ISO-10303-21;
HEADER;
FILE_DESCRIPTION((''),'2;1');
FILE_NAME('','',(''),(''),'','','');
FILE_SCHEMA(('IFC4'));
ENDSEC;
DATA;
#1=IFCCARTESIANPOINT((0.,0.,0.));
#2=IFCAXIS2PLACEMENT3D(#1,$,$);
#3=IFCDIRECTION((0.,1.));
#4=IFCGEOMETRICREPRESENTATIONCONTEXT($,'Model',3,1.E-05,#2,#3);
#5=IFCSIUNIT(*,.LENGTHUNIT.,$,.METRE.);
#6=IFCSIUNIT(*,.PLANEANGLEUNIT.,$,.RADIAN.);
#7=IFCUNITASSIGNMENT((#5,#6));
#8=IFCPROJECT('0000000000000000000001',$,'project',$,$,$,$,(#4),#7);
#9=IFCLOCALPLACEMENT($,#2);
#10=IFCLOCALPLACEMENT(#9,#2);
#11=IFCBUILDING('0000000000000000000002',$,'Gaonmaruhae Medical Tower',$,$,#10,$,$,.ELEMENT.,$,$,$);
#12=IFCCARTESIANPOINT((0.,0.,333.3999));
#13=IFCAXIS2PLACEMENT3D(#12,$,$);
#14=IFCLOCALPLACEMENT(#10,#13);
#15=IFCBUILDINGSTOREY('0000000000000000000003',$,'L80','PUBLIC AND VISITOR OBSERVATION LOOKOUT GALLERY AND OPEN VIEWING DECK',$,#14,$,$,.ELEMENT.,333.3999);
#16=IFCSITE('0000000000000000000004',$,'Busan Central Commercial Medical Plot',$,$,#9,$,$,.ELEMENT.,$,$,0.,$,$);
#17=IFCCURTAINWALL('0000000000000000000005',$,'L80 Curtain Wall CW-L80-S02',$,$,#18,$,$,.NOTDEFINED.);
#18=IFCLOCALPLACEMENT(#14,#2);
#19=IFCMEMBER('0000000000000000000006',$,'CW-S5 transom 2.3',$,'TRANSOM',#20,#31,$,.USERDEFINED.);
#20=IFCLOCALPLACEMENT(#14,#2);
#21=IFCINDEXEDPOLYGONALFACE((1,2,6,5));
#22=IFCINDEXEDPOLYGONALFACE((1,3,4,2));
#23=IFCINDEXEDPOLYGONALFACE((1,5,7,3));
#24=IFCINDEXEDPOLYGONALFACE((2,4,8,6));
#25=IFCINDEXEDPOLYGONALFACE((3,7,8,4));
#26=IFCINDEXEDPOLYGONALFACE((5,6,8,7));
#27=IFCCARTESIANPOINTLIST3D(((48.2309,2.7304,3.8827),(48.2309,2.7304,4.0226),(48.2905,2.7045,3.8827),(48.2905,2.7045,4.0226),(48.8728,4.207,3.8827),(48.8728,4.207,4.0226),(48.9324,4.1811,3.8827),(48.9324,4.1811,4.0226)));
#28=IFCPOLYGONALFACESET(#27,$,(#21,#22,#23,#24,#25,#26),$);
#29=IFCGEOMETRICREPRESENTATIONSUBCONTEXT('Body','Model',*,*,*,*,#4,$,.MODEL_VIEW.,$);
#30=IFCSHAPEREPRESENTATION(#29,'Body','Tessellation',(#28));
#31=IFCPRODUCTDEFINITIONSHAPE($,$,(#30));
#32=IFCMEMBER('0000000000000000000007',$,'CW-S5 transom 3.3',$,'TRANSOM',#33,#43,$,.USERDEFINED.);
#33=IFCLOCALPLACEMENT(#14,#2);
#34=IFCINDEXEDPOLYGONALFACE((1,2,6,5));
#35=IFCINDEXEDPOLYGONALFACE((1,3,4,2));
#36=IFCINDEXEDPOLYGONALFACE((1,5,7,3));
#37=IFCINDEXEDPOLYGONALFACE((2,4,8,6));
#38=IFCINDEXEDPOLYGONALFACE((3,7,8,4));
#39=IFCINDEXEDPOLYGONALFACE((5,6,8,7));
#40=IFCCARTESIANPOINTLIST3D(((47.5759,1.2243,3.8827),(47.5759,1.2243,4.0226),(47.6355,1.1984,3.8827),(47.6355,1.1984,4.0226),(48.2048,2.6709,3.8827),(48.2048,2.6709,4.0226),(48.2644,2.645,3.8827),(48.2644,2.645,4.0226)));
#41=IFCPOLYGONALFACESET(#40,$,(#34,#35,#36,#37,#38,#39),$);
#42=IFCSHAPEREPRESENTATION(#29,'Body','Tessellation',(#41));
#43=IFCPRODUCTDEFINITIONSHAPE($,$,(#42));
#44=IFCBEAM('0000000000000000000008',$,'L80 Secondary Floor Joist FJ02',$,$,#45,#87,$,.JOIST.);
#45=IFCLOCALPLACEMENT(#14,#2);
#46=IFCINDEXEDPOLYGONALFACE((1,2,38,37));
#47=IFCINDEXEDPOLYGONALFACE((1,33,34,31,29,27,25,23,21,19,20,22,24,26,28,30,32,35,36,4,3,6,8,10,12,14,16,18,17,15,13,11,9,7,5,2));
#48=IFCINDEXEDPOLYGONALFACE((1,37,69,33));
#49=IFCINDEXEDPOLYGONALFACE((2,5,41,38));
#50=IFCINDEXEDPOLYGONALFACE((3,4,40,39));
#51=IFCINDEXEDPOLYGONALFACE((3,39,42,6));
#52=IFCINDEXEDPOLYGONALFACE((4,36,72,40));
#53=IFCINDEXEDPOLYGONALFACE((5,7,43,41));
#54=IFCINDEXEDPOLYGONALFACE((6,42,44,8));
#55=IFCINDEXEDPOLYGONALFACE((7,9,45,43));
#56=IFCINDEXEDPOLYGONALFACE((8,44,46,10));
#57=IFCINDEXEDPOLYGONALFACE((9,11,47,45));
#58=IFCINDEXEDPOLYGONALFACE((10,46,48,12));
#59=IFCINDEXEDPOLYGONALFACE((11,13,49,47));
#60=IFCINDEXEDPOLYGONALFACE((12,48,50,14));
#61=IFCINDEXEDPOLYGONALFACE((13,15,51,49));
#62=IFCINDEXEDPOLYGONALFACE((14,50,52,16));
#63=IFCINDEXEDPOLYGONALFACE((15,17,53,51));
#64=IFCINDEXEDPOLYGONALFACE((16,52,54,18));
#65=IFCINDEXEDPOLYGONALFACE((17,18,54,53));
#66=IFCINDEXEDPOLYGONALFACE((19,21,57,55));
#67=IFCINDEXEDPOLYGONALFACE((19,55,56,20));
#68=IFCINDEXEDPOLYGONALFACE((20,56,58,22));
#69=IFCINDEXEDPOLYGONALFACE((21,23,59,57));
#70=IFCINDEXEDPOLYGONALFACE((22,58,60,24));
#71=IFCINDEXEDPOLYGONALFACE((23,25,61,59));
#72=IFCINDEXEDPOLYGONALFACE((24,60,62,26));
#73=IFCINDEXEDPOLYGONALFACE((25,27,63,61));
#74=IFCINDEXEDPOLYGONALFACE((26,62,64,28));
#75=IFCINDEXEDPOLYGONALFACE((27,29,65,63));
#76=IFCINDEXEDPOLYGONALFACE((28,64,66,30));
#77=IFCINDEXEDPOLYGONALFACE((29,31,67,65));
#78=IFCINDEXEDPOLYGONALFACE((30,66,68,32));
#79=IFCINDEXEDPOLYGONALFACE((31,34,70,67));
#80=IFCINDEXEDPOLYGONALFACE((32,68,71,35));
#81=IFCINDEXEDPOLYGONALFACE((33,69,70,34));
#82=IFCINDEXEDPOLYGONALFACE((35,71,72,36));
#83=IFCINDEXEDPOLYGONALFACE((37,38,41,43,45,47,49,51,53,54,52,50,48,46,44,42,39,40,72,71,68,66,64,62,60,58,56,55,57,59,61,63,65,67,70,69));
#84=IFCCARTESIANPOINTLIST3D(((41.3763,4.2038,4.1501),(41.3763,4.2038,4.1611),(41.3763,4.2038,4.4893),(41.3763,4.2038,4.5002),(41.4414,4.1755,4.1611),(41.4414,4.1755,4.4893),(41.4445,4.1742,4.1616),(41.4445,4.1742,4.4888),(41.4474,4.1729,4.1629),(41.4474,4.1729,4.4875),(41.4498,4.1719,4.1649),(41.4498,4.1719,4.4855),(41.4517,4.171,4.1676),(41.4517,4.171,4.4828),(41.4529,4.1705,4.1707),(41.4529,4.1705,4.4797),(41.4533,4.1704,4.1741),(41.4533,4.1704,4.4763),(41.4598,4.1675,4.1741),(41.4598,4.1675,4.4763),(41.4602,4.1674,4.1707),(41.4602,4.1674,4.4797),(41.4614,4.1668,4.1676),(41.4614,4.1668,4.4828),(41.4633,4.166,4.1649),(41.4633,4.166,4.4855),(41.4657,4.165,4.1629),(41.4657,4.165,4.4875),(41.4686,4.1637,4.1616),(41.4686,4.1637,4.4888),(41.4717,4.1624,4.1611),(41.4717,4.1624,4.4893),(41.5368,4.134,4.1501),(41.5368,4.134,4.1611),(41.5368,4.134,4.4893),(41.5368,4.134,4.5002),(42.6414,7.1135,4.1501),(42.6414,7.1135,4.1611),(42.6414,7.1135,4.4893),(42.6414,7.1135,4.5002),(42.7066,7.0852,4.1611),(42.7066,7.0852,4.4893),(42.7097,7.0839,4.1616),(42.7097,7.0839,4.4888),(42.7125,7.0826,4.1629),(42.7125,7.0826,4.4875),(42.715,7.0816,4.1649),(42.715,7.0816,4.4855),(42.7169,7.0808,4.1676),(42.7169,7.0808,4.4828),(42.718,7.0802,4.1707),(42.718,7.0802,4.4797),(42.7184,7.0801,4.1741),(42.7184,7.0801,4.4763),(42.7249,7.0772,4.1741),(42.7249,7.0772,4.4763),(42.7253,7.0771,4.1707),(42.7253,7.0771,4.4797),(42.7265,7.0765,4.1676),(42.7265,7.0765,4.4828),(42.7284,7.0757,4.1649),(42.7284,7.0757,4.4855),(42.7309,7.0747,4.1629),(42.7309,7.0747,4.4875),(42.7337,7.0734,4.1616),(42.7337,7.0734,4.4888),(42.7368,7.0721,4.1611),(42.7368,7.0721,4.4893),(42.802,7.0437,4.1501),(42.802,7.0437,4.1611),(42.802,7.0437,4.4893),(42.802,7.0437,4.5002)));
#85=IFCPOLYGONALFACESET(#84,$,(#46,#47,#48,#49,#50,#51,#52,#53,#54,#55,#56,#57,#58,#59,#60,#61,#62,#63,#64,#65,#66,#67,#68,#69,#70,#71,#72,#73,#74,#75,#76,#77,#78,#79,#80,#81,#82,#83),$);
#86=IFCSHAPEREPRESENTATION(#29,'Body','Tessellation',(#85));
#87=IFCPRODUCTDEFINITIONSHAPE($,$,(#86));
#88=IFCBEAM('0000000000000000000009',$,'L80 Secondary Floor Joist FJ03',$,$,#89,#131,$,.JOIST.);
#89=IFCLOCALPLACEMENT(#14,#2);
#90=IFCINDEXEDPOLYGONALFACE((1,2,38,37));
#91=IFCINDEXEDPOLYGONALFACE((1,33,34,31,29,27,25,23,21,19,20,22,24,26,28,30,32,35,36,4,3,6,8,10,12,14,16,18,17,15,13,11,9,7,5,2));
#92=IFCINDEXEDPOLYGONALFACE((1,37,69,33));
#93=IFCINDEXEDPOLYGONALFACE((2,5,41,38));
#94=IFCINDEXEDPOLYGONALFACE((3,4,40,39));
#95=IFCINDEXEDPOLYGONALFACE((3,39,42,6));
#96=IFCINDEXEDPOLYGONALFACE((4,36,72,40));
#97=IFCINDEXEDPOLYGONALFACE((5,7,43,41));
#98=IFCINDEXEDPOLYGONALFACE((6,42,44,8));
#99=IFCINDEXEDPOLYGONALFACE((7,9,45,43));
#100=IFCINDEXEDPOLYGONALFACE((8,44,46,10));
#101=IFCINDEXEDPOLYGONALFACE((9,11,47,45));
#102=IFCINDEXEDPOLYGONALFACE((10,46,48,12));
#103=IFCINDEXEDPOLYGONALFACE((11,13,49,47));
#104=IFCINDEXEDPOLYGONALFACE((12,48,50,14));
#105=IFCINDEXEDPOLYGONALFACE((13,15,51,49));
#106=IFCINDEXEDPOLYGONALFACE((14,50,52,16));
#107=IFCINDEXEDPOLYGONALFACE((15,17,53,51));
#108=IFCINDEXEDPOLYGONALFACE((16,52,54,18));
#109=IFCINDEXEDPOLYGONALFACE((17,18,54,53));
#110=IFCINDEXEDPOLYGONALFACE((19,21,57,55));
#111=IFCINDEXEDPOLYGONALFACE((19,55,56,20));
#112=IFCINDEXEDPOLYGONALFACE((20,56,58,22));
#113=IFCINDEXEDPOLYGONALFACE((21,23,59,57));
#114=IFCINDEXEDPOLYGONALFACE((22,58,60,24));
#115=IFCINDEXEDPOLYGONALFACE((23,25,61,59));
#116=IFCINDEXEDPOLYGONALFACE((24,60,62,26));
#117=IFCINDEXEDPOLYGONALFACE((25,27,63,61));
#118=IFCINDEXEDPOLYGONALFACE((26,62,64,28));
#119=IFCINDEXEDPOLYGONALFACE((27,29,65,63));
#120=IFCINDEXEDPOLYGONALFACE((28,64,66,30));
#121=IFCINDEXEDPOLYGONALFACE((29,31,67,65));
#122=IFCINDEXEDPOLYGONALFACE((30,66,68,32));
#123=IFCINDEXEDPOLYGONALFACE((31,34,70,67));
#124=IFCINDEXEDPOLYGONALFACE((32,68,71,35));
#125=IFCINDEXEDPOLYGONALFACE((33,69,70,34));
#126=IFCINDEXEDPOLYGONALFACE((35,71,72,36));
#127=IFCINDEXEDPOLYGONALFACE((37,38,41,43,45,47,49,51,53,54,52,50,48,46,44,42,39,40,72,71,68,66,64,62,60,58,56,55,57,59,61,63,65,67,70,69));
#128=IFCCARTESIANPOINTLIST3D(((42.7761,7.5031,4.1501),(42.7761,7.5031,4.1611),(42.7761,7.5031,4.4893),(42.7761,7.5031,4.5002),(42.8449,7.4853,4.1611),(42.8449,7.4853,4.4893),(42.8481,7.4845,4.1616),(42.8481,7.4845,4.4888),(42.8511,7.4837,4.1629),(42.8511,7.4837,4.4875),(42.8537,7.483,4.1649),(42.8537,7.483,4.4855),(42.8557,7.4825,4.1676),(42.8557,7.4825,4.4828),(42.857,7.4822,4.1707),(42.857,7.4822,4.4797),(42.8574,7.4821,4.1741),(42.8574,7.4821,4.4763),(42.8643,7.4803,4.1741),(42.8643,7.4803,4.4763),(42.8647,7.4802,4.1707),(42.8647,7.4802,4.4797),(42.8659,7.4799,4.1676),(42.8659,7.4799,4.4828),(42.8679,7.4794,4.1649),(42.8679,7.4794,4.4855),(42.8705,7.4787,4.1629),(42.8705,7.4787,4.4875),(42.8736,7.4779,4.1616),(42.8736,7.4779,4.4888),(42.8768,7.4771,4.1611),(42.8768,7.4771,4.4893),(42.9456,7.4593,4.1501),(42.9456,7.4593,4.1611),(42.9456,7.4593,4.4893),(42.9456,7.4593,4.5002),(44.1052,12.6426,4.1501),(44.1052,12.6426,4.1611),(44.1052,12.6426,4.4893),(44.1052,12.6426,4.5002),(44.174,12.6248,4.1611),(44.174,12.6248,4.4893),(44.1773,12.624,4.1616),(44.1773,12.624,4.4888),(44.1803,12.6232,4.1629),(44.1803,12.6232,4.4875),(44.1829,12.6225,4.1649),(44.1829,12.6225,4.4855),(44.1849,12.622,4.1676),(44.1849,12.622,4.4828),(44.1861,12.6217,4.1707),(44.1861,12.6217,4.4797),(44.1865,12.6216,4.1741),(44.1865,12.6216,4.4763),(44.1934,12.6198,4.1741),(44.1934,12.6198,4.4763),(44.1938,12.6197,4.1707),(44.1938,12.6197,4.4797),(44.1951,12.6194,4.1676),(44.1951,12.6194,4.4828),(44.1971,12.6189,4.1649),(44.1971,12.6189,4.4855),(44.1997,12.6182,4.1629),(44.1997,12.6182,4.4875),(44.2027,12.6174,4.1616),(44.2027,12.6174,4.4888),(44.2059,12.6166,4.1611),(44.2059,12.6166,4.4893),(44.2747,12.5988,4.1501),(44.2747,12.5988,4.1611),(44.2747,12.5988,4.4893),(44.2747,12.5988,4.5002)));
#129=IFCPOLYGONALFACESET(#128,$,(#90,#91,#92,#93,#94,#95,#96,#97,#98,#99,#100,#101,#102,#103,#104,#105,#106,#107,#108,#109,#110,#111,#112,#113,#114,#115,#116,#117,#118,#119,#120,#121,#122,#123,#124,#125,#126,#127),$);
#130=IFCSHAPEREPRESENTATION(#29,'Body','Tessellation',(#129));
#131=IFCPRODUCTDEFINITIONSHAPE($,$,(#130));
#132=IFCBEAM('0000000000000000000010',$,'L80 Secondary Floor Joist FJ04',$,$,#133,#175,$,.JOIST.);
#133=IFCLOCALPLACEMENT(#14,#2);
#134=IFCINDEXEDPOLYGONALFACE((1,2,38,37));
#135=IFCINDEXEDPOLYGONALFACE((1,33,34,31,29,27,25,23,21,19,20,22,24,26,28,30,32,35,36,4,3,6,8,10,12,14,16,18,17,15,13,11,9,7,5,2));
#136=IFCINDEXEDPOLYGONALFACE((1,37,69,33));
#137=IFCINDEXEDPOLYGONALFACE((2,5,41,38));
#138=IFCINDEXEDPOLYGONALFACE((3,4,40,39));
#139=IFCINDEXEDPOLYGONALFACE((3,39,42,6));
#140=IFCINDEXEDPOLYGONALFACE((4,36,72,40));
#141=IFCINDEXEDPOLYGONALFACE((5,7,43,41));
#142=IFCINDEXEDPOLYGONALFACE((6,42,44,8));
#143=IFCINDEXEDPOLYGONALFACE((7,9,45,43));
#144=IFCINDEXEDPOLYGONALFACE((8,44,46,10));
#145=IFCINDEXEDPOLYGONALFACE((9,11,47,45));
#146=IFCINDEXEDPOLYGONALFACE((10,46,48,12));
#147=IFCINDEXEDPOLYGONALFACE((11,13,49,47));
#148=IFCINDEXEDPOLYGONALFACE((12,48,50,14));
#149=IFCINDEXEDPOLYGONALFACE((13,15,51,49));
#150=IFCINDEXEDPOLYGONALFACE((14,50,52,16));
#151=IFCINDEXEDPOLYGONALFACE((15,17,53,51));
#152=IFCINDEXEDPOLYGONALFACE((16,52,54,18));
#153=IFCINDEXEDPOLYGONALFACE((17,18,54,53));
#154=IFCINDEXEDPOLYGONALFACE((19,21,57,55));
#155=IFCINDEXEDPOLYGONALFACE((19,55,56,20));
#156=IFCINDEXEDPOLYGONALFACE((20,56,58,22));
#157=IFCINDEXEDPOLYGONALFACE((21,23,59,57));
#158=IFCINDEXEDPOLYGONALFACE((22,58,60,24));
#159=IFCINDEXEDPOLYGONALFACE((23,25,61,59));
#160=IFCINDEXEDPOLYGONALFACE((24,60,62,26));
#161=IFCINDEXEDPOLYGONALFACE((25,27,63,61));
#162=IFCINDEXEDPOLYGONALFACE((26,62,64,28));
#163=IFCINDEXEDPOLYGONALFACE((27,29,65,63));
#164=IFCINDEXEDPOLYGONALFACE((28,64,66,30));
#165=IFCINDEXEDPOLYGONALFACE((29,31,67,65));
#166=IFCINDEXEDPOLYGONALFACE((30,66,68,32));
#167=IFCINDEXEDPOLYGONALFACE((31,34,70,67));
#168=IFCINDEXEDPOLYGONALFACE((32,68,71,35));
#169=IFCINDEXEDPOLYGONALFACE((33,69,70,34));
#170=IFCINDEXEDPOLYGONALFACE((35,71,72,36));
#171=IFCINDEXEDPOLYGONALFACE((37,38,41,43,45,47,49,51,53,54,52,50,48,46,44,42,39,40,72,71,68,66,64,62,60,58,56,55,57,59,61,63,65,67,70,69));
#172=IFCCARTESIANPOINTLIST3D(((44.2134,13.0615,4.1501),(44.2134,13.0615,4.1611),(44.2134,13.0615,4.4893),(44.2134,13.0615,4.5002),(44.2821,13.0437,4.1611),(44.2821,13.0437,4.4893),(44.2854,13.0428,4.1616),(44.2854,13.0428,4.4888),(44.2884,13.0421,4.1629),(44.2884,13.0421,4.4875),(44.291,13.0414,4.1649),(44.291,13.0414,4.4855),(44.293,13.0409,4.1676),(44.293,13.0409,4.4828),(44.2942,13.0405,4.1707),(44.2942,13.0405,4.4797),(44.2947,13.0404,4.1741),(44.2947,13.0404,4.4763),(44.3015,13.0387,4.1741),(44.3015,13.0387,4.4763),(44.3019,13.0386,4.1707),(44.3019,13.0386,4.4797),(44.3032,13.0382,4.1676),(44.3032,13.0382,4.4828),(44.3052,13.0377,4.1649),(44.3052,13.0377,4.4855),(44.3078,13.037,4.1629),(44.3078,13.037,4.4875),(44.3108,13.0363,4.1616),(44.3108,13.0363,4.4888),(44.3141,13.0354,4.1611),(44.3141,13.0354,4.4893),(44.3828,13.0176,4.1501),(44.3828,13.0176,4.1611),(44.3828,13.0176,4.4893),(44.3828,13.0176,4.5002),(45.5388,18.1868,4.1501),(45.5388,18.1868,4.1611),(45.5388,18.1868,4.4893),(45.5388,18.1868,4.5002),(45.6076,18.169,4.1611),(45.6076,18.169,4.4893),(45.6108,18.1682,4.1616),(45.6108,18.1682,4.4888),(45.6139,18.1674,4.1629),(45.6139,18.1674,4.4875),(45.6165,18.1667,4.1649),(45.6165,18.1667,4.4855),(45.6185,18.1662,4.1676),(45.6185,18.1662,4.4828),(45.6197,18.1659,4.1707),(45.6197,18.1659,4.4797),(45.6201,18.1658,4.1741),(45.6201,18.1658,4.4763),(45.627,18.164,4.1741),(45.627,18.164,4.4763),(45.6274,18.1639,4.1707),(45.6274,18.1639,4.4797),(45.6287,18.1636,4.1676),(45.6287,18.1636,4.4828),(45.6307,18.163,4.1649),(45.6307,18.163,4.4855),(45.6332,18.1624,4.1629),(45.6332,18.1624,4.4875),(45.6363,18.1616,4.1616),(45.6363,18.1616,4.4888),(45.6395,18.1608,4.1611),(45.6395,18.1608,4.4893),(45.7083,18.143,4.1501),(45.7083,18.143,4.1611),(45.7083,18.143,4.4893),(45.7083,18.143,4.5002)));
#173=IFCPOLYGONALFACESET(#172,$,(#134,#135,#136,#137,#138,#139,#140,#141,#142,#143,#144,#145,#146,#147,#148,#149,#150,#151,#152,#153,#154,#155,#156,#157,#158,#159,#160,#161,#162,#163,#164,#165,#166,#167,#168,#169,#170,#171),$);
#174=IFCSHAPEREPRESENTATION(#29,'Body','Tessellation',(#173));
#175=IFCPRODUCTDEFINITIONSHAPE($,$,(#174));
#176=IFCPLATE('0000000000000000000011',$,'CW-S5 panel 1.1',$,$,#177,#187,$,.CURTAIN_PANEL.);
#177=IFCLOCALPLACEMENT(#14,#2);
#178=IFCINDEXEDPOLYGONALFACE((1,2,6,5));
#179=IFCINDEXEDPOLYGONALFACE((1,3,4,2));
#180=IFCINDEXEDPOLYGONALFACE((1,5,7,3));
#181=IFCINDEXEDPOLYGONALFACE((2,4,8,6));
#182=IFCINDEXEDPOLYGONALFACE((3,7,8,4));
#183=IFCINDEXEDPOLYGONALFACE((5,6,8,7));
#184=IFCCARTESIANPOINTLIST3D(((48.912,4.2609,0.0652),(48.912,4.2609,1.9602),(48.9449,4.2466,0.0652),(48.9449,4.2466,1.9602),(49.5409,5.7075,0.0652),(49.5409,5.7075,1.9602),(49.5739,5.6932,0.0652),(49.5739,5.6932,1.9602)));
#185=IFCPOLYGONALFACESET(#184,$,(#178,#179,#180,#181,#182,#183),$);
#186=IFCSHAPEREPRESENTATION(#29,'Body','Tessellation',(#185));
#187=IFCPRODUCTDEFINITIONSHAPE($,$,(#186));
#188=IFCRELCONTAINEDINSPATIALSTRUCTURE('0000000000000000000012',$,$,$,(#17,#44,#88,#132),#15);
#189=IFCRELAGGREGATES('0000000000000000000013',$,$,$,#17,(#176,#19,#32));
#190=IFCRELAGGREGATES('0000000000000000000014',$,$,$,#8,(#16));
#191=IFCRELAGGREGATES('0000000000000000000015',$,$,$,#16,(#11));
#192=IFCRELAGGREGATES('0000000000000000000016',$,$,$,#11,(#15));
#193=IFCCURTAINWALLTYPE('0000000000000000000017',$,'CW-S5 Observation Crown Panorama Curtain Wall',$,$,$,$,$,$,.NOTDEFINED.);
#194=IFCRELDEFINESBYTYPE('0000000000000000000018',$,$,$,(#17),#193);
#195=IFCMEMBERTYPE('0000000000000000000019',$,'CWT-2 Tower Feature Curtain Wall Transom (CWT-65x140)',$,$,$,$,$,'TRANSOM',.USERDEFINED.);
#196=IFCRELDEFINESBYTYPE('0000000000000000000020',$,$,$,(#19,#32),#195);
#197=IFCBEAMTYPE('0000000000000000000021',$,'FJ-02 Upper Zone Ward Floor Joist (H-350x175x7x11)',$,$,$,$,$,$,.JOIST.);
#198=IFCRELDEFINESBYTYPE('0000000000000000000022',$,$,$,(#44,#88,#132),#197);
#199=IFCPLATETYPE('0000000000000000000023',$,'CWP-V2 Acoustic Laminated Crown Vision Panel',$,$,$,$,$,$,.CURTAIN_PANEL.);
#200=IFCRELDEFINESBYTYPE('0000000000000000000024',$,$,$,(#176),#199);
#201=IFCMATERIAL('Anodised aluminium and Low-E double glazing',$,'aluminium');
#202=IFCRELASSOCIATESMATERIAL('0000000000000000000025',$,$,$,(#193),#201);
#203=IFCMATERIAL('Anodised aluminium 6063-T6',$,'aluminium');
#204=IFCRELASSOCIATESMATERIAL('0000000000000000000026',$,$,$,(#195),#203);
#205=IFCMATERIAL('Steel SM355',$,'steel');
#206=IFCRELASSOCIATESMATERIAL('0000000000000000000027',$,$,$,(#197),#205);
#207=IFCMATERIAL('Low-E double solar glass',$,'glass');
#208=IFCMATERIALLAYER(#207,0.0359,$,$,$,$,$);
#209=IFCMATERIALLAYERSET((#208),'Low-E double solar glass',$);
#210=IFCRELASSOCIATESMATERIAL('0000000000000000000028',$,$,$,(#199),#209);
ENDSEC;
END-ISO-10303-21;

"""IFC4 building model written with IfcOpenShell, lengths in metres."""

from ifc_helpers import new_model, si_unit, direction, frame, origin, origin_2d, place, context, subcontext, project, spatial, rectangle, i_section, extrude, material, layer, layer_set, material_profile, profile_set, type_object, element, aggregate, save


model = new_model("IFC4")

# Units and contexts
model_context = context("Model", 3, precision=1e-05, world=origin(), true_north=direction((0.0, 1.0)))
body_context = subcontext(model_context, "Body", "Model", "MODEL_VIEW")
ifc_project = project(units=[si_unit("LENGTHUNIT", "METRE"), si_unit("PLANEANGLEUNIT", "RADIAN")], contexts=[model_context])

# Site, building, storey
site_placement = place(None, origin())
site = spatial("IfcSite", under=ifc_project, at=site_placement, Name="Busan Central Commercial Medical Plot", CompositionType="ELEMENT", RefElevation=0.0)
building_placement = place(site_placement, origin())
building = spatial("IfcBuilding", under=site, at=building_placement, Name="Gaonmaruhae Medical Tower", CompositionType="ELEMENT")
storey_placement = place(building_placement, frame((0.0, 0.0, 333.3999)))
storey = spatial("IfcBuildingStorey", under=building, at=storey_placement, Name="L80", Description="PUBLIC AND VISITOR OBSERVATION LOOKOUT GALLERY AND OPEN VIEWING DECK", CompositionType="ELEMENT", Elevation=333.3999)

# Curtain wall, members
ifc_material_1 = material(Name="Anodised aluminium and Low-E double glazing", Category="aluminium")
curtain_wall_type = type_object("IfcCurtainWallType", Name="CW-S5 Observation Crown Panorama Curtain Wall", PredefinedType="NOTDEFINED", material=ifc_material_1)
curtain_wall_placement = place(storey_placement, origin())
curtain_wall = element("IfcCurtainWall", 1, at=curtain_wall_placement, inside=storey, type_object=curtain_wall_type, Name="L80 Curtain Wall CW-L80-S02", PredefinedType="NOTDEFINED")
ifc_material_2 = material(Name="Anodised aluminium 6063-T6", Category="aluminium")
ifc_material_profile_1 = material_profile(ifc_material_2, rectangle(XDim=0.0649, YDim=0.1399, at=origin_2d()), Name="CWT-65x140")
ifc_profile_set_1 = profile_set([ifc_material_profile_1], Name="Anodised aluminium 6063-T6")
member_type_1 = type_object("IfcMemberType", Name="CWT-2 Tower Feature Curtain Wall Transom (CWT-65x140)", ElementType="TRANSOM", PredefinedType="USERDEFINED", material=ifc_profile_set_1)
member_1_placement = place(storey_placement, frame((48.9026, 4.1941, 3.9526), z_axis=(-0.398654, -0.917101, 0.0), x_axis=(0.917101, -0.398654, 0.0)))
member_1 = element("IfcMember", 2, at=member_1_placement, type_object=member_type_1, Name="CW-S5 transom 2.3", ObjectType="TRANSOM", PredefinedType="USERDEFINED", context=body_context, shape_type="SweptSolid", body=[
    extrude(rectangle(XDim=0.0649, YDim=0.1399, at=origin_2d()), origin(), (0.0, 0.0, 1.0), 1.6101),
])
member_2_placement = place(storey_placement, frame((48.2346, 2.658, 3.9526), z_axis=(-0.398715, -0.917075, 0.0), x_axis=(0.917075, -0.398715, 0.0)))
member_2 = element("IfcMember", 3, at=member_2_placement, type_object=member_type_1, Name="CW-S5 transom 3.3", ObjectType="TRANSOM", PredefinedType="USERDEFINED", context=body_context, shape_type="SweptSolid", body=[
    extrude(rectangle(XDim=0.0649, YDim=0.1399, at=origin_2d()), origin(), (0.0, 0.0, 1.0), 1.5774),
])

# Beams
ifc_material_3 = material(Name="Steel SM355", Category="steel")
ifc_material_profile_2 = material_profile(ifc_material_3, i_section(OverallWidth=0.175, OverallDepth=0.3501, WebThickness=0.0071, FlangeThickness=0.011, FilletRadius=0.0129, at=origin_2d()), Name="H-350x175x7x11")
ifc_profile_set_2 = profile_set([ifc_material_profile_2], Name="Steel SM355")
beam_type_1 = type_object("IfcBeamType", Name="FJ-02 Upper Zone Ward Floor Joist (H-350x175x7x11)", PredefinedType="JOIST", material=ifc_profile_set_2)
beam_1_placement = place(storey_placement, frame((41.4565, 4.1689, 4.3252), z_axis=(0.398743, 0.917063, 0.0), x_axis=(-0.917063, 0.398743, 0.0)))
element("IfcBeam", 4, at=beam_1_placement, inside=storey, type_object=beam_type_1, Name="L80 Secondary Floor Joist FJ02", PredefinedType="JOIST", context=body_context, shape_type="SweptSolid", body=[
    extrude(i_section(OverallWidth=0.175, OverallDepth=0.3501, WebThickness=0.0071, FlangeThickness=0.011, FilletRadius=0.0129, at=origin_2d()), origin(), (0.0, 0.0, 1.0), 3.1729),
])
beam_2_placement = place(storey_placement, frame((42.8608, 7.4812, 4.3252), z_axis=(0.250373, 0.968149, 0.0), x_axis=(-0.968149, 0.250373, 0.0)))
element("IfcBeam", 5, at=beam_2_placement, inside=storey, type_object=beam_type_1, Name="L80 Secondary Floor Joist FJ03", PredefinedType="JOIST", context=body_context, shape_type="SweptSolid", body=[
    extrude(i_section(OverallWidth=0.175, OverallDepth=0.3501, WebThickness=0.0071, FlangeThickness=0.011, FilletRadius=0.0129, at=origin_2d()), origin(), (0.0, 0.0, 1.0), 5.3086),
])
beam_3_placement = place(storey_placement, frame((44.2981, 13.0396, 4.3252), z_axis=(0.250373, 0.968149, 0.0), x_axis=(-0.968149, 0.250373, 0.0)))
element("IfcBeam", 6, at=beam_3_placement, inside=storey, type_object=beam_type_1, Name="L80 Secondary Floor Joist FJ04", PredefinedType="JOIST", context=body_context, shape_type="SweptSolid", body=[
    extrude(i_section(OverallWidth=0.175, OverallDepth=0.3501, WebThickness=0.0071, FlangeThickness=0.011, FilletRadius=0.0129, at=origin_2d()), origin(), (0.0, 0.0, 1.0), 5.2939),
])

# Plate
ifc_material_4 = material(Name="Low-E double solar glass", Category="glass")
ifc_layer_1 = layer(ifc_material_4, 0.0359)
ifc_layer_set_1 = layer_set([ifc_layer_1], Name="Low-E double solar glass")
plate_type = type_object("IfcPlateType", Name="CWP-V2 Acoustic Laminated Crown Vision Panel", PredefinedType="CURTAIN_PANEL", material=ifc_layer_set_1)
plate_1_placement = place(storey_placement, frame((49.2429, 4.9771, 0.0652), z_axis=(0.0, 0.0, 1.0), x_axis=(-0.398732, -0.917068, 0.0)))
plate_1 = element("IfcPlate", 7, at=plate_1_placement, type_object=plate_type, Name="CW-S5 panel 1.1", PredefinedType="CURTAIN_PANEL", context=body_context, shape_type="SweptSolid", body=[
    extrude(rectangle(XDim=1.5774, YDim=0.0359, at=origin_2d()), origin(), (0.0, 0.0, 1.0), 1.895),
])
aggregate(curtain_wall, [plate_1, member_1, member_2])

save(model, "model.ifc")
